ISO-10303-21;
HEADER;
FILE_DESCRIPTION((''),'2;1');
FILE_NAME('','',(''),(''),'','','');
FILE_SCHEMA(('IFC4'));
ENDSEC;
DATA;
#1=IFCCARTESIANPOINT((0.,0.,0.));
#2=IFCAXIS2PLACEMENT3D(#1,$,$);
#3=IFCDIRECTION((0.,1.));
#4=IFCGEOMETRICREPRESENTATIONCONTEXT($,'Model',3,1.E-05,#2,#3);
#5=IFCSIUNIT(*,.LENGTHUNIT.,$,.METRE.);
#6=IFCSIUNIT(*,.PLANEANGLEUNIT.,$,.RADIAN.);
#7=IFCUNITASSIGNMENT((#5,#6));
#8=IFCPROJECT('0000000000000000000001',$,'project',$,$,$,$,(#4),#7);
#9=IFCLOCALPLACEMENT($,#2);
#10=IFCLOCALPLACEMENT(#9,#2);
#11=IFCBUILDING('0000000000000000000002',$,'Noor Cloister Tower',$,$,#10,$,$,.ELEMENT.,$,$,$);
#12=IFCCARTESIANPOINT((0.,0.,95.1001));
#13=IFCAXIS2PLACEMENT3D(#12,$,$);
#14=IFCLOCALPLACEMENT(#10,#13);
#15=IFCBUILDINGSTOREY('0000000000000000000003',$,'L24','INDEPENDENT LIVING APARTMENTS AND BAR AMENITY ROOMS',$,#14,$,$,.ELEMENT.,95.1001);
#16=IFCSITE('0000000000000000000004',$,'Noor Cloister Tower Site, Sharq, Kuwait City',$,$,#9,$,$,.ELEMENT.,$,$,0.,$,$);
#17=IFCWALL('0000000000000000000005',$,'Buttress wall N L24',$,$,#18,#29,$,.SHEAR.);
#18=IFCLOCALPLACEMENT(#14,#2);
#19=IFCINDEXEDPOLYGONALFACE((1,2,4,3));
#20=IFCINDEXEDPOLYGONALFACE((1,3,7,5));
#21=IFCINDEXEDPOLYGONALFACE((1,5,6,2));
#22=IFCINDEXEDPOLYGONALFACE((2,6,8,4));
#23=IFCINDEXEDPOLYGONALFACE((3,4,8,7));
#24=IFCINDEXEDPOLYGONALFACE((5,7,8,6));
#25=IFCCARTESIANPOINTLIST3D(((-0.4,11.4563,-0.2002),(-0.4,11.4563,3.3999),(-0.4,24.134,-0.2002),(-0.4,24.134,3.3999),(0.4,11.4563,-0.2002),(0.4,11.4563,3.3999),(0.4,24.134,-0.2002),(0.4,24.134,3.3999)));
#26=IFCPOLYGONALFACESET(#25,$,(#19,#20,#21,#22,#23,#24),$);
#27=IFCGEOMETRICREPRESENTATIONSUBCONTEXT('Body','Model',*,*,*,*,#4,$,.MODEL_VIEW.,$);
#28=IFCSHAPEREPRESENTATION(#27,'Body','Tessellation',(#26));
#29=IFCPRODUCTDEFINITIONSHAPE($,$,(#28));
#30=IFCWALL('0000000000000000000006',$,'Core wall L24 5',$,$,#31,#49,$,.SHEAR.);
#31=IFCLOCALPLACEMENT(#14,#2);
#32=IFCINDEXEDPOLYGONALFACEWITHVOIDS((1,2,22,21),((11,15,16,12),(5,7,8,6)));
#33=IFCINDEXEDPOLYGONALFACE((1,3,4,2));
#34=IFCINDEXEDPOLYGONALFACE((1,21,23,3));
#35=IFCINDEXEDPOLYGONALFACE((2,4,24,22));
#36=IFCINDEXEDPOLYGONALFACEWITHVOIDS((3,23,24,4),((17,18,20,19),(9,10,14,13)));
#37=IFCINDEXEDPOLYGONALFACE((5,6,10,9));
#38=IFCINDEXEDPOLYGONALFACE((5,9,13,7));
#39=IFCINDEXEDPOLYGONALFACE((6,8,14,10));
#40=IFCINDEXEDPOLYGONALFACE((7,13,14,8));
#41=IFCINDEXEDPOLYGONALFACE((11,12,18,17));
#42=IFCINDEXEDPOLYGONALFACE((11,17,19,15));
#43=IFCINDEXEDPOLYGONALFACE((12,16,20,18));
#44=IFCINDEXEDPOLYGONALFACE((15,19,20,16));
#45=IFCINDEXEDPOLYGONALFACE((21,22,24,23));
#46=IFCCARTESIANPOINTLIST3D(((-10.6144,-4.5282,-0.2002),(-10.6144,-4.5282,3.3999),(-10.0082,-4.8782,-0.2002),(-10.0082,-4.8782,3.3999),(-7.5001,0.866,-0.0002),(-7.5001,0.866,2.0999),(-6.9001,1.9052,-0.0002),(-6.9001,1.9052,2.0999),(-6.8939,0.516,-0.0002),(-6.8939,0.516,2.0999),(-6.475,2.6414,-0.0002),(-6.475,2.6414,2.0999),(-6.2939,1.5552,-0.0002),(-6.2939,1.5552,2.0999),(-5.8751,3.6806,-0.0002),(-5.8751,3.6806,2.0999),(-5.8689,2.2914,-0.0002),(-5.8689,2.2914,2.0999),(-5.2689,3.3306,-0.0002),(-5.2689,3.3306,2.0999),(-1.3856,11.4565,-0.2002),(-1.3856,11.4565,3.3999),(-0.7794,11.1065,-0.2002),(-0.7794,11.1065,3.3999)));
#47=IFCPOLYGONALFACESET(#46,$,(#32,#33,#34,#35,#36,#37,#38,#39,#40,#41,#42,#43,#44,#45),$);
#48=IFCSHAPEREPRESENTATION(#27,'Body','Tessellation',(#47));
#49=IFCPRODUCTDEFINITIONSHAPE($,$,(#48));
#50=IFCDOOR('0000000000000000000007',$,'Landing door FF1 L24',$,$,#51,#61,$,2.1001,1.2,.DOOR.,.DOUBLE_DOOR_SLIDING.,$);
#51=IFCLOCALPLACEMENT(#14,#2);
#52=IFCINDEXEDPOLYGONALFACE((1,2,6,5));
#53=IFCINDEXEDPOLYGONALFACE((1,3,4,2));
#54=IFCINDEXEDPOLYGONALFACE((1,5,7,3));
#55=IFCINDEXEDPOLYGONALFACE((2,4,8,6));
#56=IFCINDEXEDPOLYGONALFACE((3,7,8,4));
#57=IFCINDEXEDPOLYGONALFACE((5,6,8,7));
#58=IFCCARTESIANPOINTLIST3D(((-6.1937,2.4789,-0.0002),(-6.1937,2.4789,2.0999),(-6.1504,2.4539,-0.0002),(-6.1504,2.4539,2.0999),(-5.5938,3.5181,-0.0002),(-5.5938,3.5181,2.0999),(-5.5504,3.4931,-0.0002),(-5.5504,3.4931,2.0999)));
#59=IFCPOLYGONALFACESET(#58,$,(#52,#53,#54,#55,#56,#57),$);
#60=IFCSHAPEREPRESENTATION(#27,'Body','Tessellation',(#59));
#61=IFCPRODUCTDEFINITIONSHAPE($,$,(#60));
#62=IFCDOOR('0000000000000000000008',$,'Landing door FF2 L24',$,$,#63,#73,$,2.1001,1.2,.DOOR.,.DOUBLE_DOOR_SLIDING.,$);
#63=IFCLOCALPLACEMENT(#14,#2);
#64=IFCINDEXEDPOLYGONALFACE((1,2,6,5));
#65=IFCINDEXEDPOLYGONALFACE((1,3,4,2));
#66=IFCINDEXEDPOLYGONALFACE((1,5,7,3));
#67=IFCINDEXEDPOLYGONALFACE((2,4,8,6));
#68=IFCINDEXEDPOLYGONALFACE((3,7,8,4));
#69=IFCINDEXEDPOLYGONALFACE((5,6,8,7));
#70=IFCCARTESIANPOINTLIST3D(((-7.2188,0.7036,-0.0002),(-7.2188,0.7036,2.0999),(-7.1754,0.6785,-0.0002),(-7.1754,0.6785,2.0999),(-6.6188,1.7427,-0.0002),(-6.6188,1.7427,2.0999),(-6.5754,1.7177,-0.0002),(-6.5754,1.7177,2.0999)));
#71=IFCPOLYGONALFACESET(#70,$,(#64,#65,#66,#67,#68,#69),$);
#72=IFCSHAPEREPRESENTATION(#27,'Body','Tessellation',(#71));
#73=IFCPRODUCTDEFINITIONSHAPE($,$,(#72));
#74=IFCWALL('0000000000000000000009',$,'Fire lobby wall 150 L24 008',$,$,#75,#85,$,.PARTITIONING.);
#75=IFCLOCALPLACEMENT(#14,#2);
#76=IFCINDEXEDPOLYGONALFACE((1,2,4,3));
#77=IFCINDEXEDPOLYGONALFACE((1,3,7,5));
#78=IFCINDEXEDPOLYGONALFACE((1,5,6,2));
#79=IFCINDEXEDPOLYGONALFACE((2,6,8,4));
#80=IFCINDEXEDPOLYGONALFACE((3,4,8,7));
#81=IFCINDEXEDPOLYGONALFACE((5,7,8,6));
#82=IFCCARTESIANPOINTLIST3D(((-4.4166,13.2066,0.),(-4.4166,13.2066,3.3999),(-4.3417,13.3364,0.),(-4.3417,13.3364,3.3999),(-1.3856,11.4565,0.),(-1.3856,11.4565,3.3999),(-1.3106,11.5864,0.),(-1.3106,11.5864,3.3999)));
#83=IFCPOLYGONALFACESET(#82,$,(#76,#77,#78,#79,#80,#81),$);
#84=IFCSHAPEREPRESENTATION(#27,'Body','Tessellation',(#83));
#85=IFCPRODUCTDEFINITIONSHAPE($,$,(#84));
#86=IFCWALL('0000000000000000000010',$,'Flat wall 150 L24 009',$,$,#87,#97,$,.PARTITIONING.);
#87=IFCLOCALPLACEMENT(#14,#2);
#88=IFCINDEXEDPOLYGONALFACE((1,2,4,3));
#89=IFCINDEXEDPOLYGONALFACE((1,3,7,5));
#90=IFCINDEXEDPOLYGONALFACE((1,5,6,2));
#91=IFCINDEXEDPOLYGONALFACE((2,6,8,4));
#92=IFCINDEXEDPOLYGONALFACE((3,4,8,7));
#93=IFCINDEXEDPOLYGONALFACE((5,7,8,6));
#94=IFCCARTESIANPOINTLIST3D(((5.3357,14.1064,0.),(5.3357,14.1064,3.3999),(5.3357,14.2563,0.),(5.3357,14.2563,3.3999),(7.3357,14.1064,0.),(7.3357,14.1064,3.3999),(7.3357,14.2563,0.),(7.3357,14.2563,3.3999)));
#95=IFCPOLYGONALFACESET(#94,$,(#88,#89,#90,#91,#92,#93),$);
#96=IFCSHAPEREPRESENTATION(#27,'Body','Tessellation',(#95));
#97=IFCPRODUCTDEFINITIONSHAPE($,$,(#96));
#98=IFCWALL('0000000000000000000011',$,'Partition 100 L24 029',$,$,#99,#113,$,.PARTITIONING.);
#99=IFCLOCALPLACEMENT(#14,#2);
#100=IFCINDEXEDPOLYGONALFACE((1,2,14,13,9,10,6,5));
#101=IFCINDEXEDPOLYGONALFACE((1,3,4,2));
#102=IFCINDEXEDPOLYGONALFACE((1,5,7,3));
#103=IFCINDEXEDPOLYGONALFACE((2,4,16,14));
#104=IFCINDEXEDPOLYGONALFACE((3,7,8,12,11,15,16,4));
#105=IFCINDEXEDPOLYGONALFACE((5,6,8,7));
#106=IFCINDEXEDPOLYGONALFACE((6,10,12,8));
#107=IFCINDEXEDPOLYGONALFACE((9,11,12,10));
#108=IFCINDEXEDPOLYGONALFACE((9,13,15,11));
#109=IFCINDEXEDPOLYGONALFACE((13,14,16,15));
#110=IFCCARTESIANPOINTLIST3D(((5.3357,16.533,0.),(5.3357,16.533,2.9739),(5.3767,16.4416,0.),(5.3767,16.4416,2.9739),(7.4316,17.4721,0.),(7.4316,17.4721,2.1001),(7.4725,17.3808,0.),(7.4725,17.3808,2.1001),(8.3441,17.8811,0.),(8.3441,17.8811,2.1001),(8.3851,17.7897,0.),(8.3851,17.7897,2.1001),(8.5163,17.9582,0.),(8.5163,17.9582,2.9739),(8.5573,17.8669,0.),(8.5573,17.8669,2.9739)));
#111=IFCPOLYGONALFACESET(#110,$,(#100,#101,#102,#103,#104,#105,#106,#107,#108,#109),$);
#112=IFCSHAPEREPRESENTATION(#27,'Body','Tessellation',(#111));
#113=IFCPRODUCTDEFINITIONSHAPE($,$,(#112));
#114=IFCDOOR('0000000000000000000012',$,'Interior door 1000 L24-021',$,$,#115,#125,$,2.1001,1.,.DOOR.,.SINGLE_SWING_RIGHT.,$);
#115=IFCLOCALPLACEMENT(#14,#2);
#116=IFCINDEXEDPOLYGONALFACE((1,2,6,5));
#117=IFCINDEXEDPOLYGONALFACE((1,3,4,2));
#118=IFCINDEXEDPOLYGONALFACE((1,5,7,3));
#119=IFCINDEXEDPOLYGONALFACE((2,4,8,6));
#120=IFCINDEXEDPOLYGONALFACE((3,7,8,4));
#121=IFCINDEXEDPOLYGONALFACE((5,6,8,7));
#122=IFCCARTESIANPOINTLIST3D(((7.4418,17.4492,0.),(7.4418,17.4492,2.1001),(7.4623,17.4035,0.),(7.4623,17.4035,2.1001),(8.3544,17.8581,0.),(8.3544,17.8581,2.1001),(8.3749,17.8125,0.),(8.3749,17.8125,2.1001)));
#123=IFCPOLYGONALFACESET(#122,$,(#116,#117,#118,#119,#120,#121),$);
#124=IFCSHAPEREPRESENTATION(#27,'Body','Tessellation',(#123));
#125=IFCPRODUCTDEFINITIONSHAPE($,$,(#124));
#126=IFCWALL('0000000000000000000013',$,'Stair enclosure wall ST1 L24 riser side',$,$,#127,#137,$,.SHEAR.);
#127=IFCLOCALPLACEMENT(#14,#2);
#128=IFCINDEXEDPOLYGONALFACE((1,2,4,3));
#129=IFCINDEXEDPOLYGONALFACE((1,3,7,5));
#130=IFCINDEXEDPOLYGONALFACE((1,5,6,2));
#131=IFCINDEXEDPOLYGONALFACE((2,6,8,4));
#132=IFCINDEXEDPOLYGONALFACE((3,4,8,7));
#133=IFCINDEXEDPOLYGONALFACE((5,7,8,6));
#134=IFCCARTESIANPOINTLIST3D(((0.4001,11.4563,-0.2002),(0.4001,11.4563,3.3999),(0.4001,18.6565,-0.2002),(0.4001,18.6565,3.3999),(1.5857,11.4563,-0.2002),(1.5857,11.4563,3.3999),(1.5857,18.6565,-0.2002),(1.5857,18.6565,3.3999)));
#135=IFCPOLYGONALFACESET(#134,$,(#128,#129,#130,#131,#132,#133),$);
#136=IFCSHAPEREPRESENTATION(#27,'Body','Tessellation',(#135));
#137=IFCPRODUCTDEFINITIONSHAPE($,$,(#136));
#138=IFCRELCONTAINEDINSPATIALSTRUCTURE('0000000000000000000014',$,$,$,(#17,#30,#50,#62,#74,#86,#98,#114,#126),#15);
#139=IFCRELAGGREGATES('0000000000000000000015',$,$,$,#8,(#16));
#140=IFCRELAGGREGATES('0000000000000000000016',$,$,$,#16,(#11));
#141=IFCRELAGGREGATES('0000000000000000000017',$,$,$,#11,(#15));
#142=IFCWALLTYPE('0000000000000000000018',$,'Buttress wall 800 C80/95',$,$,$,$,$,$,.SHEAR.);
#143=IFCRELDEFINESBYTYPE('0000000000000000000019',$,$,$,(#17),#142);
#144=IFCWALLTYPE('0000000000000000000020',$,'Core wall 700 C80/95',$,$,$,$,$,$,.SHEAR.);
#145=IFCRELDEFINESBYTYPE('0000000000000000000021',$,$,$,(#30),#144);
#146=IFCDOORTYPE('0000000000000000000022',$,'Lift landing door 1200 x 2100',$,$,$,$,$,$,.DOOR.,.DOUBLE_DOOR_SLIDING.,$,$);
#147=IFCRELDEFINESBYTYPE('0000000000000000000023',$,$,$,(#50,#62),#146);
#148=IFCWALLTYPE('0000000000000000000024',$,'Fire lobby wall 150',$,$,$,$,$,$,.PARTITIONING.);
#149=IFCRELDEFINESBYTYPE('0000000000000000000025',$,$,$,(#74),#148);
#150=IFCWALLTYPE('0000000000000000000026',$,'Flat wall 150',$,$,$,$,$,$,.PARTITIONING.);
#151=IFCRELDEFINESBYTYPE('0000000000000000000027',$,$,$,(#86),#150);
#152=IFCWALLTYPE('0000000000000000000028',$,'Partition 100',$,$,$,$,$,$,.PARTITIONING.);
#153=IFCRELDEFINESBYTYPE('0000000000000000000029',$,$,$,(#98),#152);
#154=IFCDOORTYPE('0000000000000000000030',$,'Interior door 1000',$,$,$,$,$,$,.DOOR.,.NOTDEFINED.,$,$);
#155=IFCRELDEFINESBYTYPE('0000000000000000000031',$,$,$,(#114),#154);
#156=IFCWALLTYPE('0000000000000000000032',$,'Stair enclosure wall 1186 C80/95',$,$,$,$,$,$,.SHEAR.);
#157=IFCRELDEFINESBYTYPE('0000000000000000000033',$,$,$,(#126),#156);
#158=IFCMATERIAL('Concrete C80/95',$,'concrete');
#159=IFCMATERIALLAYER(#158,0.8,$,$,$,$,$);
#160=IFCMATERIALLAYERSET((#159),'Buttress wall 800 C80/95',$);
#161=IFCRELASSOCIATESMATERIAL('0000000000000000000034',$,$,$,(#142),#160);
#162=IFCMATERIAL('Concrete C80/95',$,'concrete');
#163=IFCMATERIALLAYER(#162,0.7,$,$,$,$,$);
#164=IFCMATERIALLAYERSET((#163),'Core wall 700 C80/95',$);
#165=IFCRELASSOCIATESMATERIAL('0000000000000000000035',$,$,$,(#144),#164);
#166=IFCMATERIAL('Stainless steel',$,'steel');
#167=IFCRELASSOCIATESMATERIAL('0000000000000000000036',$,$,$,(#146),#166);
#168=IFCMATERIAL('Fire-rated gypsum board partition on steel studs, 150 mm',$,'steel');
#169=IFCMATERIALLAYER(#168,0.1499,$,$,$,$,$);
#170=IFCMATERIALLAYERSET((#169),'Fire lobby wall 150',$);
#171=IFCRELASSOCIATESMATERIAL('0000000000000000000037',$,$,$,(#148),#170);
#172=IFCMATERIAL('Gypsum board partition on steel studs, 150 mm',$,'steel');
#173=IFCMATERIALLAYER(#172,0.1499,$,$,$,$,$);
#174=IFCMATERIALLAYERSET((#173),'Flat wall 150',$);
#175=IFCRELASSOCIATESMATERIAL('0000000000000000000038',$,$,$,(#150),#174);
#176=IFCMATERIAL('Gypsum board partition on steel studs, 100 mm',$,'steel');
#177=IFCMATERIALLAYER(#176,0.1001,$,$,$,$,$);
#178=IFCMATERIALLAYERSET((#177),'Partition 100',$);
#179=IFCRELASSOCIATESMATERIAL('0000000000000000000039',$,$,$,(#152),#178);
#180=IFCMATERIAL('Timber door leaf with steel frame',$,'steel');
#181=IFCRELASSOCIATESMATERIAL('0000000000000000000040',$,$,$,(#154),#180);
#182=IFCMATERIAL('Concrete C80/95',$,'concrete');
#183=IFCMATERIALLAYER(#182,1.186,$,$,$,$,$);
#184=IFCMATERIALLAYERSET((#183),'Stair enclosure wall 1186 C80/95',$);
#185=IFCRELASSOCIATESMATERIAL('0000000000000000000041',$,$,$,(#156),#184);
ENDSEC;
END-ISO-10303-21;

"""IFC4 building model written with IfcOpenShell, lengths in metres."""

from ifc_helpers import new_model, si_unit, direction, frame, frame_2d, origin, place, context, subcontext, project, spatial, rectangle, extrude, material, layer, layer_set, type_object, element, fill, save


model = new_model("IFC4")

# Units and contexts
model_context = context("Model", 3, precision=1e-05, world=origin(), true_north=direction((0.0, 1.0)))
body_context = subcontext(model_context, "Body", "Model", "MODEL_VIEW")
ifc_project = project(units=[si_unit("LENGTHUNIT", "METRE"), si_unit("PLANEANGLEUNIT", "RADIAN")], contexts=[model_context])

# Site, building, storey
site_placement = place(None, origin())
site = spatial("IfcSite", under=ifc_project, at=site_placement, Name="Noor Cloister Tower Site, Sharq, Kuwait City", CompositionType="ELEMENT", RefElevation=0.0)
building_placement = place(site_placement, origin())
building = spatial("IfcBuilding", under=site, at=building_placement, Name="Noor Cloister Tower", CompositionType="ELEMENT")
storey_placement = place(building_placement, frame((0.0, 0.0, 95.1001)))
storey = spatial("IfcBuildingStorey", under=building, at=storey_placement, Name="L24", Description="INDEPENDENT LIVING APARTMENTS AND BAR AMENITY ROOMS", CompositionType="ELEMENT", Elevation=95.1001)

# Wall
ifc_material_1 = material(Name="Concrete C80/95", Category="concrete")
ifc_layer_1 = layer(ifc_material_1, 0.8)
ifc_layer_set_1 = layer_set([ifc_layer_1], Name="Buttress wall 800 C80/95")
wall_type_1 = type_object("IfcWallType", Name="Buttress wall 800 C80/95", PredefinedType="SHEAR", material=ifc_layer_set_1)
wall_1_placement = place(storey_placement, frame((0.0, 11.4563, -0.2002), z_axis=(0.0, 0.0, 1.0), x_axis=(0.0, 1.0, 0.0)))
element("IfcWall", 1, at=wall_1_placement, inside=storey, type_object=wall_type_1, Name="Buttress wall N L24", PredefinedType="SHEAR", context=body_context, shape_type="SweptSolid", body=[
    extrude(rectangle(XDim=12.6777, YDim=0.8, at=frame_2d((6.3389, 0.0))), origin(), (0.0, 0.0, 1.0), 3.6001),
])

# Wall, openings, doors
ifc_material_2 = material(Name="Concrete C80/95", Category="concrete")
ifc_layer_2 = layer(ifc_material_2, 0.7)
ifc_layer_set_2 = layer_set([ifc_layer_2], Name="Core wall 700 C80/95")
wall_type_2 = type_object("IfcWallType", Name="Core wall 700 C80/95", PredefinedType="SHEAR", material=ifc_layer_set_2)
wall_2_placement = place(storey_placement, frame((-1.0825, 11.2815, -0.2002), z_axis=(0.0, 0.0, 1.0), x_axis=(-0.500001, -0.866025, 0.0)))
wall_2 = element("IfcWall", 2, at=wall_2_placement, inside=storey, type_object=wall_type_2, Name="Core wall L24 5", PredefinedType="SHEAR", context=body_context, shape_type="SweptSolid", body=[
    extrude(rectangle(XDim=18.4575, YDim=0.7, at=frame_2d((9.2288, 0.0))), origin(), (0.0, 0.0, 1.0), 3.6001),
])
opening_1_placement = place(wall_2_placement, frame((8.9788, 0.0, 0.2)))
opening_1 = element("IfcOpeningElement", 3, at=opening_1_placement, cuts=wall_2, PredefinedType="OPENING", context=body_context, shape_type="SweptSolid", body=[
    extrude(rectangle(XDim=1.2, YDim=2.1001, at=frame_2d((0.6001, 1.05))), frame((0.0, 0.3599, 0.0), z_axis=(0.0, -1.0, 0.0), x_axis=(1.0, 0.0, 0.0)), (0.0, 0.0, 1.0), 0.72),
])
opening_2_placement = place(wall_2_placement, frame((11.0288, 0.0, 0.2)))
opening_2 = element("IfcOpeningElement", 4, at=opening_2_placement, cuts=wall_2, PredefinedType="OPENING", context=body_context, shape_type="SweptSolid", body=[
    extrude(rectangle(XDim=1.2, YDim=2.1001, at=frame_2d((0.6001, 1.05))), frame((0.0, 0.3599, 0.0), z_axis=(0.0, -1.0, 0.0), x_axis=(1.0, 0.0, 0.0)), (0.0, 0.0, 1.0), 0.72),
])
ifc_material_3 = material(Name="Stainless steel", Category="steel")
door_type_1 = type_object("IfcDoorType", Name="Lift landing door 1200 x 2100", OperationType="DOUBLE_DOOR_SLIDING", PredefinedType="DOOR", material=ifc_material_3)
door_1_placement = place(opening_1_placement, origin())
door_1 = element("IfcDoor", 5, at=door_1_placement, inside=storey, type_object=door_type_1, Name="Landing door FF1 L24", OperationType="DOUBLE_DOOR_SLIDING", OverallHeight=2.1001, OverallWidth=1.2, PredefinedType="DOOR", context=body_context, shape_type="SweptSolid", body=[
    extrude(rectangle(XDim=1.2, YDim=2.1001, at=frame_2d((0.6001, 1.05))), frame((0.0, 0.0249, 0.0), z_axis=(0.0, -1.0, 0.0), x_axis=(1.0, 0.0, 0.0)), (0.0, 0.0, 1.0), 0.05),
])
fill(opening_1, door_1)
door_2_placement = place(opening_2_placement, origin())
door_2 = element("IfcDoor", 6, at=door_2_placement, inside=storey, type_object=door_type_1, Name="Landing door FF2 L24", OperationType="DOUBLE_DOOR_SLIDING", OverallHeight=2.1001, OverallWidth=1.2, PredefinedType="DOOR", context=body_context, shape_type="SweptSolid", body=[
    extrude(rectangle(XDim=1.2, YDim=2.1001, at=frame_2d((0.6001, 1.05))), frame((0.0, 0.0249, 0.0), z_axis=(0.0, -1.0, 0.0), x_axis=(1.0, 0.0, 0.0)), (0.0, 0.0, 1.0), 0.05),
])
fill(opening_2, door_2)

# Walls
ifc_material_4 = material(Name="Fire-rated gypsum board partition on steel studs, 150 mm", Category="steel")
ifc_layer_3 = layer(ifc_material_4, 0.1499)
ifc_layer_set_3 = layer_set([ifc_layer_3], Name="Fire lobby wall 150")
wall_type_3 = type_object("IfcWallType", Name="Fire lobby wall 150", PredefinedType="PARTITIONING", material=ifc_layer_set_3)
wall_3_placement = place(storey_placement, frame((-4.3792, 13.2715, 0.0), z_axis=(0.0, 0.0, 1.0), x_axis=(0.866019, -0.50001, 0.0)))
element("IfcWall", 7, at=wall_3_placement, inside=storey, type_object=wall_type_3, Name="Fire lobby wall 150 L24 008", PredefinedType="PARTITIONING", context=body_context, shape_type="SweptSolid", body=[
    extrude(rectangle(XDim=3.5, YDim=0.1499, at=frame_2d((1.75, 0.0))), origin(), (0.0, 0.0, 1.0), 3.3999),
])
ifc_material_5 = material(Name="Gypsum board partition on steel studs, 150 mm", Category="steel")
ifc_layer_4 = layer(ifc_material_5, 0.1499)
ifc_layer_set_4 = layer_set([ifc_layer_4], Name="Flat wall 150")
wall_type_4 = type_object("IfcWallType", Name="Flat wall 150", PredefinedType="PARTITIONING", material=ifc_layer_set_4)
wall_4_placement = place(storey_placement, frame((5.3357, 14.1814, 0.0), z_axis=(0.0, 0.0, 1.0), x_axis=(1.0, 0.0, 0.0)))
element("IfcWall", 8, at=wall_4_placement, inside=storey, type_object=wall_type_4, Name="Flat wall 150 L24 009", PredefinedType="PARTITIONING", context=body_context, shape_type="SweptSolid", body=[
    extrude(rectangle(XDim=2.0, YDim=0.1499, at=frame_2d((1.0, 0.0))), origin(), (0.0, 0.0, 1.0), 3.3999),
])

# Wall, opening, door
ifc_material_6 = material(Name="Gypsum board partition on steel studs, 100 mm", Category="steel")
ifc_layer_5 = layer(ifc_material_6, 0.1001)
ifc_layer_set_5 = layer_set([ifc_layer_5], Name="Partition 100")
wall_type_5 = type_object("IfcWallType", Name="Partition 100", PredefinedType="PARTITIONING", material=ifc_layer_set_5)
wall_5_placement = place(storey_placement, frame((5.3562, 16.4873, 0.0), z_axis=(0.0, 0.0, 1.0), x_axis=(0.912565, 0.408931, 0.0)))
wall_5 = element("IfcWall", 9, at=wall_5_placement, inside=storey, type_object=wall_type_5, Name="Partition 100 L24 029", PredefinedType="PARTITIONING", context=body_context, shape_type="SweptSolid", body=[
    extrude(rectangle(XDim=3.4854, YDim=0.1001, at=frame_2d((1.7427, 0.0))), origin(), (0.0, 0.0, 1.0), 2.9739),
])
opening_3_placement = place(wall_5_placement, frame((2.2966, 0.0, 0.0)))
opening_3 = element("IfcOpeningElement", 10, at=opening_3_placement, cuts=wall_5, PredefinedType="OPENING", context=body_context, shape_type="SweptSolid", body=[
    extrude(rectangle(XDim=1.0, YDim=2.1001, at=frame_2d((0.5, 1.05))), frame((0.0, 0.0601, 0.0), z_axis=(0.0, -1.0, 0.0), x_axis=(1.0, 0.0, 0.0)), (0.0, 0.0, 1.0), 0.1201),
])
ifc_material_7 = material(Name="Timber door leaf with steel frame", Category="steel")
door_type_2 = type_object("IfcDoorType", Name="Interior door 1000", OperationType="NOTDEFINED", PredefinedType="DOOR", material=ifc_material_7)
door_3_placement = place(opening_3_placement, origin())
door_3 = element("IfcDoor", 11, at=door_3_placement, inside=storey, type_object=door_type_2, Name="Interior door 1000 L24-021", OperationType="SINGLE_SWING_RIGHT", OverallHeight=2.1001, OverallWidth=1.0, PredefinedType="DOOR", context=body_context, shape_type="SweptSolid", body=[
    extrude(rectangle(XDim=1.0, YDim=2.1001, at=frame_2d((0.5, 1.05))), frame((0.0, 0.0249, 0.0), z_axis=(0.0, -1.0, 0.0), x_axis=(1.0, 0.0, 0.0)), (0.0, 0.0, 1.0), 0.05),
])
fill(opening_3, door_3)

# Wall
ifc_material_8 = material(Name="Concrete C80/95", Category="concrete")
ifc_layer_6 = layer(ifc_material_8, 1.186)
ifc_layer_set_6 = layer_set([ifc_layer_6], Name="Stair enclosure wall 1186 C80/95")
wall_type_6 = type_object("IfcWallType", Name="Stair enclosure wall 1186 C80/95", PredefinedType="SHEAR", material=ifc_layer_set_6)
wall_6_placement = place(storey_placement, frame((0.9929, 11.4563, -0.2002), z_axis=(0.0, 0.0, 1.0), x_axis=(0.0, 1.0, 0.0)))
element("IfcWall", 12, at=wall_6_placement, inside=storey, type_object=wall_type_6, Name="Stair enclosure wall ST1 L24 riser side", PredefinedType="SHEAR", context=body_context, shape_type="SweptSolid", body=[
    extrude(rectangle(XDim=7.2002, YDim=1.1855, at=frame_2d((3.6001, 0.0))), origin(), (0.0, 0.0, 1.0), 3.6001),
])

save(model, "model.ifc")
